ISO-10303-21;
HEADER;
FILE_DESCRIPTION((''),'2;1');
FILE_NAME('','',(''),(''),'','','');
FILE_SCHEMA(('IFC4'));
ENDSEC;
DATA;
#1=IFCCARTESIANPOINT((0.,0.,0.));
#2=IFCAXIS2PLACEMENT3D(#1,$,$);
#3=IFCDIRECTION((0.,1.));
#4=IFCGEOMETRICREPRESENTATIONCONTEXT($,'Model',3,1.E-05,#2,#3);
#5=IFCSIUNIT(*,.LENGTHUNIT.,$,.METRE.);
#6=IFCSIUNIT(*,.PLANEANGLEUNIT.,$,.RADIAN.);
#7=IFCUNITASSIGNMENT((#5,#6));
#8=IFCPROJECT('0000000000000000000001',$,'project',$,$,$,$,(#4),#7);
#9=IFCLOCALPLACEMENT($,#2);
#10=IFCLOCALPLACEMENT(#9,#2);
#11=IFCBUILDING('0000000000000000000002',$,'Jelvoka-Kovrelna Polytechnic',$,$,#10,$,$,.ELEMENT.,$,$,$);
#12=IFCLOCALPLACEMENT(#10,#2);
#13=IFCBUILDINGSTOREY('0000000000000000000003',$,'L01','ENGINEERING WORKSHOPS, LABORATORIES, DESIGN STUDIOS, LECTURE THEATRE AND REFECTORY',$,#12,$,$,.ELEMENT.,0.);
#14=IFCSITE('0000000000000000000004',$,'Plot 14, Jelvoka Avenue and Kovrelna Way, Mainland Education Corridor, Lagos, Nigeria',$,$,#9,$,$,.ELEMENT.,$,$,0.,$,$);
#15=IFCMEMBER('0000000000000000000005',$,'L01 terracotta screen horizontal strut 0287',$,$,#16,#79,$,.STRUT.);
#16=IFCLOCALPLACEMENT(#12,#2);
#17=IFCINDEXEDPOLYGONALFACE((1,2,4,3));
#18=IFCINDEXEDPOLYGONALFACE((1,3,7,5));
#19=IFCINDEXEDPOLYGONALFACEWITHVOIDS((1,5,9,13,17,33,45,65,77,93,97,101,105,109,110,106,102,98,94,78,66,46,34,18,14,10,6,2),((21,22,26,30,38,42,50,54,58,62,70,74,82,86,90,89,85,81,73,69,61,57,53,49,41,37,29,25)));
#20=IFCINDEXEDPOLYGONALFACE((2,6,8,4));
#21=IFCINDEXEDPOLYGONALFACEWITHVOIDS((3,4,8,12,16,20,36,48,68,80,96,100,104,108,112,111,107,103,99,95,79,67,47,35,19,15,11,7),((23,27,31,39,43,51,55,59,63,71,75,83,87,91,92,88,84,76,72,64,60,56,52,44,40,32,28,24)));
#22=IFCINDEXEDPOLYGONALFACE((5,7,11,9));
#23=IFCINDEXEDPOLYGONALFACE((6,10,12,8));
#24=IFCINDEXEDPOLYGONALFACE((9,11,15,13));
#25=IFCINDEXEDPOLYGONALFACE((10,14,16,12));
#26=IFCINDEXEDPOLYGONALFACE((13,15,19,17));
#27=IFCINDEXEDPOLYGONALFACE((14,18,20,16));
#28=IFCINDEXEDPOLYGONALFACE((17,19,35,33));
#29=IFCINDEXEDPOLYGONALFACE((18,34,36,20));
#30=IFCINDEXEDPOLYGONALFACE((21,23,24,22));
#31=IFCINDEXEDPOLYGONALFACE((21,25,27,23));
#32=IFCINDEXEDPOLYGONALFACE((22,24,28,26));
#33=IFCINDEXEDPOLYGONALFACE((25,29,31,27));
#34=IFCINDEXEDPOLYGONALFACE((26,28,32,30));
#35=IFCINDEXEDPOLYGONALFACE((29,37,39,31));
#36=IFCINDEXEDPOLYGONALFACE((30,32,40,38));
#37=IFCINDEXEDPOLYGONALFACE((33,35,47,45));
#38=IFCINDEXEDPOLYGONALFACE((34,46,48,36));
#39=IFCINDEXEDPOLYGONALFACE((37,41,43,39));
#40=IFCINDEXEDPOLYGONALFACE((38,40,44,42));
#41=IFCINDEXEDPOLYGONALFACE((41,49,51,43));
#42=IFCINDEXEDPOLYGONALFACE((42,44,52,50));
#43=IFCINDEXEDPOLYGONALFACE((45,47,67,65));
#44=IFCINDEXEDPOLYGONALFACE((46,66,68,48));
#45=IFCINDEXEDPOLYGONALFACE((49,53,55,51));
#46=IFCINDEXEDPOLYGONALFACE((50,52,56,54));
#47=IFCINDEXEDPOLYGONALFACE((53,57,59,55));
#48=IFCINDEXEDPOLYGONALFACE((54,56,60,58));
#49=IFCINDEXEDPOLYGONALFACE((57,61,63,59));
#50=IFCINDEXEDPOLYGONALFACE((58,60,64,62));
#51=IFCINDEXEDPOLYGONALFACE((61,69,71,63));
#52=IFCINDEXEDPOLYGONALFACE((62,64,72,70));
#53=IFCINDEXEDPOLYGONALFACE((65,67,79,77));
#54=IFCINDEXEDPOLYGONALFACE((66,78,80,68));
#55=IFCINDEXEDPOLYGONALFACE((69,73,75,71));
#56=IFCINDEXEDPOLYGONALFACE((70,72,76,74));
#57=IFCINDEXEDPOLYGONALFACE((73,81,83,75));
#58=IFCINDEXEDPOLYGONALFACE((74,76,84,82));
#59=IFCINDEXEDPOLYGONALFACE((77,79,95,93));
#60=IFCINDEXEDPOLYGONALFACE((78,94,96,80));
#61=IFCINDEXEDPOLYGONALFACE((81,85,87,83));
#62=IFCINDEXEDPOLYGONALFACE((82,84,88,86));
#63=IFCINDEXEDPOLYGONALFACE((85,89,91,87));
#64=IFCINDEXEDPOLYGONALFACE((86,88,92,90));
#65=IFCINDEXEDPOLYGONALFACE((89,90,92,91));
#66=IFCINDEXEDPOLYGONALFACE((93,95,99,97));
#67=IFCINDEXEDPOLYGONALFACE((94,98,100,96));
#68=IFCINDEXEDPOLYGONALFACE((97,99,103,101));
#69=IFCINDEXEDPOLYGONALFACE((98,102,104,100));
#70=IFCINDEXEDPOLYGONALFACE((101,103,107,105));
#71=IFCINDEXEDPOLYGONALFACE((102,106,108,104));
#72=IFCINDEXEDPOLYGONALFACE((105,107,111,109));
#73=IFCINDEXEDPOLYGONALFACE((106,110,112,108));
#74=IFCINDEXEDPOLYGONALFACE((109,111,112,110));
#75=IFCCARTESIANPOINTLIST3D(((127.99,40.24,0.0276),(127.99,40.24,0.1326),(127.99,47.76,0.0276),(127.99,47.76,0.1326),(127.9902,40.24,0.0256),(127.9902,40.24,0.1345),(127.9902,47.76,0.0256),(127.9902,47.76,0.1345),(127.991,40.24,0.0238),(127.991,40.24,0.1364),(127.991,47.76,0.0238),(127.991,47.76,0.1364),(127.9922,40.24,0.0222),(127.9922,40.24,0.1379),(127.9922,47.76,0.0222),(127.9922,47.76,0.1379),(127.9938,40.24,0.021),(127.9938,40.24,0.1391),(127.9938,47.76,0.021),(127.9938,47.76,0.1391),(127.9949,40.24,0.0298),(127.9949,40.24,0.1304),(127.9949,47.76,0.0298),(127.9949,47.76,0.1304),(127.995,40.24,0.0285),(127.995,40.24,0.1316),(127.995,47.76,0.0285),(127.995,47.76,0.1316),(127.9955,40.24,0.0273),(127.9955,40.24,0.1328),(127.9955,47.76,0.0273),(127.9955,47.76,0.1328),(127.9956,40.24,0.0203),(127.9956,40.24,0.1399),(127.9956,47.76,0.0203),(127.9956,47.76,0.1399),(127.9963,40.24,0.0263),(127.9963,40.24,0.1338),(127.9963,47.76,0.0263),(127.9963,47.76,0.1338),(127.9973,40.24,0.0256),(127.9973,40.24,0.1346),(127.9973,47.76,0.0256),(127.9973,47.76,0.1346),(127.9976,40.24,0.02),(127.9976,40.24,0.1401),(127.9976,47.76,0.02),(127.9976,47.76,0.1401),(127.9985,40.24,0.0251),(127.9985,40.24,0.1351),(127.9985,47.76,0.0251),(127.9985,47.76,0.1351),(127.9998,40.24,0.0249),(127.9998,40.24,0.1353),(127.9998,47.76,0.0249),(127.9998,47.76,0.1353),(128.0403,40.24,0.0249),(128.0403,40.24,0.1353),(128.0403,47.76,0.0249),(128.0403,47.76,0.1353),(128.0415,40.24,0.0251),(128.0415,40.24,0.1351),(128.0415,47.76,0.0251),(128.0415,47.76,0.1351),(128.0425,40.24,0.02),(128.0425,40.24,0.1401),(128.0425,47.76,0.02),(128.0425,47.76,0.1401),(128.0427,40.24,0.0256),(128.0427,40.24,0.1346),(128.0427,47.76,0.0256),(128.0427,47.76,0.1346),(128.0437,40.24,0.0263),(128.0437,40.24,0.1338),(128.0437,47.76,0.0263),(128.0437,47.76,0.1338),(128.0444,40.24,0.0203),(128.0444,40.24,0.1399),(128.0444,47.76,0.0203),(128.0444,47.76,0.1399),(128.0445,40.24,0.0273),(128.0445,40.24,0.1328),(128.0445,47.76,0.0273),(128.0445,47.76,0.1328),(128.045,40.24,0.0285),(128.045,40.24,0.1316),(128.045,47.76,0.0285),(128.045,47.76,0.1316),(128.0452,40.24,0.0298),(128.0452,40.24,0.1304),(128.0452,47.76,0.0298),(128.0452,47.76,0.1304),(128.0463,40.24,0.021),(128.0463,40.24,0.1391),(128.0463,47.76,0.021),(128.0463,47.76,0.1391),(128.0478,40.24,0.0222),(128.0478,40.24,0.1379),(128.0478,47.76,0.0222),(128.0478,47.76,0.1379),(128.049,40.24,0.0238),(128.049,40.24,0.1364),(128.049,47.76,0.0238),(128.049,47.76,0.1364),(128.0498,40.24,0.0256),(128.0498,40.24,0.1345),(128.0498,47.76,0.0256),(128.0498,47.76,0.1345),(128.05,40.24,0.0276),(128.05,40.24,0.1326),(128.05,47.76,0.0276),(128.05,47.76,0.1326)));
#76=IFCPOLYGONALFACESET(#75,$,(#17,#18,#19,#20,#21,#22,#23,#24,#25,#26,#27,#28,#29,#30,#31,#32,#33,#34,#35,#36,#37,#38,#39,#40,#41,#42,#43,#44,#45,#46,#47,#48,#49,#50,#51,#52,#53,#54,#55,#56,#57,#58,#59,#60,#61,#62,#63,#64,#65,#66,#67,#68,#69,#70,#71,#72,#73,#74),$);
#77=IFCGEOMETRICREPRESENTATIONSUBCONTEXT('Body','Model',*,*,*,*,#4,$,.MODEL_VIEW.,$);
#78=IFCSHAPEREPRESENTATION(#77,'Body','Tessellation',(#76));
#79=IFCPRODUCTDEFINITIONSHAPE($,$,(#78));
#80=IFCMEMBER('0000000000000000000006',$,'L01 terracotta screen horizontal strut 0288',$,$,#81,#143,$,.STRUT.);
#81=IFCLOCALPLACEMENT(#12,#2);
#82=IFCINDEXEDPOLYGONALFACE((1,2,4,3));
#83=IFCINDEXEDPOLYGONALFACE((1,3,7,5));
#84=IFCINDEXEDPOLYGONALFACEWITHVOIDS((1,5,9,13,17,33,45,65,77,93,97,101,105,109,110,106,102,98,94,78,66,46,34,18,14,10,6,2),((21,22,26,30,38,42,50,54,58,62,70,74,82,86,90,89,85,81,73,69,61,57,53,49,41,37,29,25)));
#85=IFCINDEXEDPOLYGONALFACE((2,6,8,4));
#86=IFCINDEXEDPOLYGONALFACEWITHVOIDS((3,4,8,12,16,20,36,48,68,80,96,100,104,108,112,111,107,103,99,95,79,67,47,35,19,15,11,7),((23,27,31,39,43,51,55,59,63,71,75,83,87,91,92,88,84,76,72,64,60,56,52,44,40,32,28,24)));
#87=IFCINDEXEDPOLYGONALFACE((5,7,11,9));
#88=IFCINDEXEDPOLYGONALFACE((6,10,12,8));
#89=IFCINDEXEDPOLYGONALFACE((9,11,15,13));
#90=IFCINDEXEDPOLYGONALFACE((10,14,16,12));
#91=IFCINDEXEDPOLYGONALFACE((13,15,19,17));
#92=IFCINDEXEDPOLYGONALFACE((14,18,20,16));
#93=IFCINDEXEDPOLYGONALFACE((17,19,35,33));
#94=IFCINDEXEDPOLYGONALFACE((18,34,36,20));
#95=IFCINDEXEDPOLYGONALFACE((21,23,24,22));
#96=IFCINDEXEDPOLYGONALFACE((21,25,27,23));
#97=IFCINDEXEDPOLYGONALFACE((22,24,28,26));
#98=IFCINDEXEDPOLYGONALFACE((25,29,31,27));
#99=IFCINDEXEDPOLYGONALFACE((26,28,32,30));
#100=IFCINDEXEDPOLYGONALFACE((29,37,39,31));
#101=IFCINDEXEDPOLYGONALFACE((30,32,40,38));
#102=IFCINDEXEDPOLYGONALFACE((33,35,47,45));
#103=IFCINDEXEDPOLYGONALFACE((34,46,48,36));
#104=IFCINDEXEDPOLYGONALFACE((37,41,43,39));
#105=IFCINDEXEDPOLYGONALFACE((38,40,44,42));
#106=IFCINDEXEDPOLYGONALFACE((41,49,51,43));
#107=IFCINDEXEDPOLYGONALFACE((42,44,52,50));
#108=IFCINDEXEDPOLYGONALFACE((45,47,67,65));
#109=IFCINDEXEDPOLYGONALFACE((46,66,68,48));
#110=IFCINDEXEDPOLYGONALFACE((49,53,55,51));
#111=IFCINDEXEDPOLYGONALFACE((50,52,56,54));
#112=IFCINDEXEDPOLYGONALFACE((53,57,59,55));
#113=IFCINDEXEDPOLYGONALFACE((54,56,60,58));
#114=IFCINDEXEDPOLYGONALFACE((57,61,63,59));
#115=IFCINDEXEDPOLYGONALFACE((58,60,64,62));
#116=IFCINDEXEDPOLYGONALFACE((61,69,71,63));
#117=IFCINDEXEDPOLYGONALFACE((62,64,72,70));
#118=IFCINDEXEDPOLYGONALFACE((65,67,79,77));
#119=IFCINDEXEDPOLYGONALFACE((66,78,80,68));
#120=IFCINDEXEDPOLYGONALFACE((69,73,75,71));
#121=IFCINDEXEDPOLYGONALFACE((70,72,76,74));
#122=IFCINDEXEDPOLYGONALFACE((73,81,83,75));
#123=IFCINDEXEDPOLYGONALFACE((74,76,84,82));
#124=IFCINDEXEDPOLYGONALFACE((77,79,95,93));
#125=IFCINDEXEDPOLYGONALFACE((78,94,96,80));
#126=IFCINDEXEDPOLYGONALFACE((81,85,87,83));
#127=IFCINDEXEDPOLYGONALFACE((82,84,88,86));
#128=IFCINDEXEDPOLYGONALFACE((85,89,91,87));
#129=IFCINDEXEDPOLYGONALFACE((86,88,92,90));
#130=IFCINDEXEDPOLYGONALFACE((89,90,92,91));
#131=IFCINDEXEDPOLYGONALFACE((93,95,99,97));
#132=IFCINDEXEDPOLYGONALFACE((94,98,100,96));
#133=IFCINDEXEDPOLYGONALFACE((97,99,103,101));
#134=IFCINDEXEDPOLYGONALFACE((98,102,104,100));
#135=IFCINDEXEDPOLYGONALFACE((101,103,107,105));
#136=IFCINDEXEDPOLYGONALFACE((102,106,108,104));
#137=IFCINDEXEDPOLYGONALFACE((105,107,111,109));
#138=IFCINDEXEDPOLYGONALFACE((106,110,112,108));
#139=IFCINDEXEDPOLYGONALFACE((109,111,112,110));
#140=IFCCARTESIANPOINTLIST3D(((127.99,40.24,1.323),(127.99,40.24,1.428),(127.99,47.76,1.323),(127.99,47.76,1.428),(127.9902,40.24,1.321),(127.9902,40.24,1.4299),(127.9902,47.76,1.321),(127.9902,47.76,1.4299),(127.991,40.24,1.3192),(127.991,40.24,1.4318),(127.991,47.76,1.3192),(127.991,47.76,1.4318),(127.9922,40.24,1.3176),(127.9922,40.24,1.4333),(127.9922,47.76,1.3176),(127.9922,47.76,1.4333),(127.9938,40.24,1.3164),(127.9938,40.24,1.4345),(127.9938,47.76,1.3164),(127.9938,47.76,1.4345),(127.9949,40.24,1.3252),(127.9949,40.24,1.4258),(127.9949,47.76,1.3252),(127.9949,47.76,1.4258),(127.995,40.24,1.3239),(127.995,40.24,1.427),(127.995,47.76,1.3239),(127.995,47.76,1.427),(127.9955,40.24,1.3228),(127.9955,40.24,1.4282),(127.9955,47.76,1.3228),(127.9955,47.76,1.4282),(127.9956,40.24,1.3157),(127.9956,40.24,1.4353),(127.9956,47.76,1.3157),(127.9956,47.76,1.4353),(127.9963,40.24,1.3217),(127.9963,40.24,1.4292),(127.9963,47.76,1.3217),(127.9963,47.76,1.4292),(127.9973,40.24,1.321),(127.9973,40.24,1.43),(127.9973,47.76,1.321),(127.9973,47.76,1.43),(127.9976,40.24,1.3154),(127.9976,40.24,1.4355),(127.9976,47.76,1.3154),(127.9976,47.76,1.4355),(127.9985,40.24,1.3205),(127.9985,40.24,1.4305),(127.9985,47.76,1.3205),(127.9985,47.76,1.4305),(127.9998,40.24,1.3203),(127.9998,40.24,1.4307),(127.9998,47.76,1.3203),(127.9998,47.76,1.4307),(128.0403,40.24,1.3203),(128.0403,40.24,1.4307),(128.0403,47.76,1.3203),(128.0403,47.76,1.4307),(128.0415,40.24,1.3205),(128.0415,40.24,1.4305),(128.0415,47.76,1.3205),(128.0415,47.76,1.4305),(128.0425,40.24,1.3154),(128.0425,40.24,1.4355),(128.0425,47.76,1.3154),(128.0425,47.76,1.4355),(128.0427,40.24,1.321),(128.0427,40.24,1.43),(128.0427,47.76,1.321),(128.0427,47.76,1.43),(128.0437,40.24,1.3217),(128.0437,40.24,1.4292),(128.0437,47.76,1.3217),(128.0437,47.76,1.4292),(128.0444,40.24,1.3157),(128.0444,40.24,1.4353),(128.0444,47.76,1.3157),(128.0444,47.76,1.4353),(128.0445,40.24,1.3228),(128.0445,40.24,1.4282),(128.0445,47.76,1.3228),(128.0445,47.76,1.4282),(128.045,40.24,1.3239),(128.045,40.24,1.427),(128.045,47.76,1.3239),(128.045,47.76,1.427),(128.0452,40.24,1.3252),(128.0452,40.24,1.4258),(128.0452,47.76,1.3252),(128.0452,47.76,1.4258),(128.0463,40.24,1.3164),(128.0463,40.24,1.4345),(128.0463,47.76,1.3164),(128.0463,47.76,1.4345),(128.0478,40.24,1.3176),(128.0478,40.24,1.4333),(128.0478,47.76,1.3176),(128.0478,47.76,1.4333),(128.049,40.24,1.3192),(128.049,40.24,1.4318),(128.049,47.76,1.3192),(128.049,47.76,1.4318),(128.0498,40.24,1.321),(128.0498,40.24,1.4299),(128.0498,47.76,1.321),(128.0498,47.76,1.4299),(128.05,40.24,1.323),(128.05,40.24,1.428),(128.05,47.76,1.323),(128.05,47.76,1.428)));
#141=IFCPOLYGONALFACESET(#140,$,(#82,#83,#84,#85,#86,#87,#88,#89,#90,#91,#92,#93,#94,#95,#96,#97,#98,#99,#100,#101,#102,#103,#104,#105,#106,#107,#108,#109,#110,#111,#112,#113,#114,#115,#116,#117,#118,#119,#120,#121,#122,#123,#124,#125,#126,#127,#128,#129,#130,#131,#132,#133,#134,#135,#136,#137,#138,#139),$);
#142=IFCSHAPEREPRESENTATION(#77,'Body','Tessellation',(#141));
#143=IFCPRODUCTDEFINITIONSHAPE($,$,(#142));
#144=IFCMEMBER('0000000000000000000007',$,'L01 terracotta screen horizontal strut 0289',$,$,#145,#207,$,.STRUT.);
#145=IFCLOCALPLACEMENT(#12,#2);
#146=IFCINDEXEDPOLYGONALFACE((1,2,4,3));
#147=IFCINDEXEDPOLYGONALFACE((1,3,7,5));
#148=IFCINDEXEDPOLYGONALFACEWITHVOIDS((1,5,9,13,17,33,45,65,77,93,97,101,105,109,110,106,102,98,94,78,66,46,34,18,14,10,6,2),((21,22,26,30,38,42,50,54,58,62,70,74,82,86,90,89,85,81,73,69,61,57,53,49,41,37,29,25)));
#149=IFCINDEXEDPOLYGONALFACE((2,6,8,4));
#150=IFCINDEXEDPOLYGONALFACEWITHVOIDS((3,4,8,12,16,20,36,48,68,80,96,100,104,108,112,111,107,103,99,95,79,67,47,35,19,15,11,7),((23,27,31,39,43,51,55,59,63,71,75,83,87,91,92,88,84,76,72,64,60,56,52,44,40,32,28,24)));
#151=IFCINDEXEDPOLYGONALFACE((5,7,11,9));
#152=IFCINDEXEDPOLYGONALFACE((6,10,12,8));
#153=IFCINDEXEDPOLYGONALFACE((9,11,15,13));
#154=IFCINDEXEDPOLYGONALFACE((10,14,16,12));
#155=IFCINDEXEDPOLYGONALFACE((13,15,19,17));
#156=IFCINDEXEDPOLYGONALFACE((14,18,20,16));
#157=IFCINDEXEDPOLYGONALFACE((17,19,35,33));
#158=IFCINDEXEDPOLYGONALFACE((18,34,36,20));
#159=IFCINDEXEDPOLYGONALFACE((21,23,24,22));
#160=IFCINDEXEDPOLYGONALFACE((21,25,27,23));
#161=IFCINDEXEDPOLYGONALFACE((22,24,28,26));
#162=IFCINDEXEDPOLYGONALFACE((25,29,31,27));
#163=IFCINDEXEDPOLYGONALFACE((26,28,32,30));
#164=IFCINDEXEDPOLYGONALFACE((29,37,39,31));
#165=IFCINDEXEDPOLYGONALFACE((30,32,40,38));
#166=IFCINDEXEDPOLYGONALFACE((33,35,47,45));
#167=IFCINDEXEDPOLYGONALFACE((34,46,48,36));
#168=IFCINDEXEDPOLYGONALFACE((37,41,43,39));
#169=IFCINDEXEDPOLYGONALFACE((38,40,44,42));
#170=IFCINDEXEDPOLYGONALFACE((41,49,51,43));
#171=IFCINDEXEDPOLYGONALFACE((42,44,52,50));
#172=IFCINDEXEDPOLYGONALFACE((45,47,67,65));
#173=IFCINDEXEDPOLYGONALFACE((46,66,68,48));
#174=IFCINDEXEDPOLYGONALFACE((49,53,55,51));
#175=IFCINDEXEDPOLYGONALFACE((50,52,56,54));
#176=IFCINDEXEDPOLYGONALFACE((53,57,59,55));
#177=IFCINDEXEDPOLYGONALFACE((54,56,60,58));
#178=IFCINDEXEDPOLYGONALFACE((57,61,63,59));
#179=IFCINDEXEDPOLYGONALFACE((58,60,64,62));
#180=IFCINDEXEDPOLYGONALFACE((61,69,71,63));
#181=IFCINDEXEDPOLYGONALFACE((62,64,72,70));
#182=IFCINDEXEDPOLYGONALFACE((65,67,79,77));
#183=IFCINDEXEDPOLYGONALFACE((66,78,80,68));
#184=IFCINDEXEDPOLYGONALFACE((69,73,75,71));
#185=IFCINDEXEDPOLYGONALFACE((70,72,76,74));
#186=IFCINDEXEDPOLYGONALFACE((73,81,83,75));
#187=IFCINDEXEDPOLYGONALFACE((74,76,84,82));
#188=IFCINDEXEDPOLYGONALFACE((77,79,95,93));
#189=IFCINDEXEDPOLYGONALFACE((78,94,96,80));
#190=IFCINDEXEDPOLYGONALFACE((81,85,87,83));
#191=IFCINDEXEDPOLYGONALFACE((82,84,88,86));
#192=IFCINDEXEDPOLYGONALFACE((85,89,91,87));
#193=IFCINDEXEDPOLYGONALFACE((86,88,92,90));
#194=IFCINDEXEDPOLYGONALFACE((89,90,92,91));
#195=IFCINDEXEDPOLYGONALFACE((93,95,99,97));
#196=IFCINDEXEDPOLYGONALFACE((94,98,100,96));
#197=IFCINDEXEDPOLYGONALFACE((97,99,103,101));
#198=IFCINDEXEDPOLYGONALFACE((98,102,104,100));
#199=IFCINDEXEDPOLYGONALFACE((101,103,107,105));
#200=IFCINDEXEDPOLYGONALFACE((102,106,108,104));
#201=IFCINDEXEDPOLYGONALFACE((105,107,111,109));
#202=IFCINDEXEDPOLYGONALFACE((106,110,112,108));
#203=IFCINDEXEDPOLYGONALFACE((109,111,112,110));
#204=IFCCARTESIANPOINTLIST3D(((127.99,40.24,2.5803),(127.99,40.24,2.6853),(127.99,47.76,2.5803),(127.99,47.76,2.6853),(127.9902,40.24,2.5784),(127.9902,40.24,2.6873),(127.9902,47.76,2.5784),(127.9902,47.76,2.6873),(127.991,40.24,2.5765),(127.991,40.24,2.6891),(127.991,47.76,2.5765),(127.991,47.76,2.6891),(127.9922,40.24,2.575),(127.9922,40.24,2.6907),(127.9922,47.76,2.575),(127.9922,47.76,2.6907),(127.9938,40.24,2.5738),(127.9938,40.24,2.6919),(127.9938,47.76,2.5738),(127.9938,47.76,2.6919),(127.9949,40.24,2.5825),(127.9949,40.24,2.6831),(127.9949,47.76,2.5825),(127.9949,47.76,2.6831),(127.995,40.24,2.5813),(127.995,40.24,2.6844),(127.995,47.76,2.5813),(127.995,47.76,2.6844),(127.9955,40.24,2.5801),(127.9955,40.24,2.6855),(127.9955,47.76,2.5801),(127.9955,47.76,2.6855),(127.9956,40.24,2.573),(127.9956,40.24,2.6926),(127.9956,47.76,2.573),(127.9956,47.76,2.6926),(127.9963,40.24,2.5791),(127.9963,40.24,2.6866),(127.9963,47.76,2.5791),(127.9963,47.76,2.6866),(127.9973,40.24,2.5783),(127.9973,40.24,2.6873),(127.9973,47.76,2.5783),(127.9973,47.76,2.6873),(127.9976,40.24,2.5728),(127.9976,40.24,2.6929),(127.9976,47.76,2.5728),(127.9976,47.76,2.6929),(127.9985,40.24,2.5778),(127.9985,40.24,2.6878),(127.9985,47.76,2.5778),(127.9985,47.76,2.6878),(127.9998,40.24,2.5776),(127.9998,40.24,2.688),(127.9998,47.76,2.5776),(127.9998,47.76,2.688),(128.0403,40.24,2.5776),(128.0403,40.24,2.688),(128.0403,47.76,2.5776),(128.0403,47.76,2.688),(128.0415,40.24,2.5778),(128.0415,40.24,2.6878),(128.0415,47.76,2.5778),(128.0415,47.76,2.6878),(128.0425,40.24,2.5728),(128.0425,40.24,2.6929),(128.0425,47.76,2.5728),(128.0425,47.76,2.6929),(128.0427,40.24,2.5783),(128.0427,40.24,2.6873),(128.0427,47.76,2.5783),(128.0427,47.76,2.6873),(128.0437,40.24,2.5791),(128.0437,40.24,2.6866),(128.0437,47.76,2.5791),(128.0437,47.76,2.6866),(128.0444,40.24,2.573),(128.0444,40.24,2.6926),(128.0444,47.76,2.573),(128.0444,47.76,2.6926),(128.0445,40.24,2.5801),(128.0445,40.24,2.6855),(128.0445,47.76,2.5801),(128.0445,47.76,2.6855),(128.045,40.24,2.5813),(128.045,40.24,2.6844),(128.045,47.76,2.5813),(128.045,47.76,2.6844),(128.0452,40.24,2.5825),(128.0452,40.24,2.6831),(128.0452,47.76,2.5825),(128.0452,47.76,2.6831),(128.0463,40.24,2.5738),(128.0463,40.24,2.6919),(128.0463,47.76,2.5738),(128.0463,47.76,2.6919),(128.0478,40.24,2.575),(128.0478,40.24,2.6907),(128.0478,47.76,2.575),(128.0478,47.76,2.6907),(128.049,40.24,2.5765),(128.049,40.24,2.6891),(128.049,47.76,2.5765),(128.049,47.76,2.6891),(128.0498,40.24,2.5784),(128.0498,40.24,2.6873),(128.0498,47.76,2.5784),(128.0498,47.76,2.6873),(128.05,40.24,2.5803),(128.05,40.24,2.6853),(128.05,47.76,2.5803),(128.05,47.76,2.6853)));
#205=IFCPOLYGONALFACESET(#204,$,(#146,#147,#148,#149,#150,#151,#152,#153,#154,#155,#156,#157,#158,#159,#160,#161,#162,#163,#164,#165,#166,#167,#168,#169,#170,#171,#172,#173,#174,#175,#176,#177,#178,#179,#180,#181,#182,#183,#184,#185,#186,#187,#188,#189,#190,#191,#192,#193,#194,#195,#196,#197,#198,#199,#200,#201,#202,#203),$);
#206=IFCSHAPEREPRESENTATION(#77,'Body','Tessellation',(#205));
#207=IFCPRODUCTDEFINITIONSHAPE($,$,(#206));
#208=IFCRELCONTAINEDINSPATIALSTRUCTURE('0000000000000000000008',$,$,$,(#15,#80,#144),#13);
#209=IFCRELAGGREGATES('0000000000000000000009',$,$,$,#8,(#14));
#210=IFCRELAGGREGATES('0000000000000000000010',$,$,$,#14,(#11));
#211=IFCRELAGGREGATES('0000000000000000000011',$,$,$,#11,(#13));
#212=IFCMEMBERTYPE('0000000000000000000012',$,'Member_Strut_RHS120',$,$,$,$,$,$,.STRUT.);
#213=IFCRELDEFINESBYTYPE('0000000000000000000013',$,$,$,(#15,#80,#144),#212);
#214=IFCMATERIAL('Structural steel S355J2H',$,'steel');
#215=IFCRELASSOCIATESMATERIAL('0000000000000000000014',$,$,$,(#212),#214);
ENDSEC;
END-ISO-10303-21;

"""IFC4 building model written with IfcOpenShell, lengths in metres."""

from ifc_helpers import new_model, si_unit, direction, frame, origin, origin_2d, place, context, subcontext, project, spatial, hollow_rectangle, extrude, material, material_profile, profile_set, type_object, element, save


model = new_model("IFC4")

# Units and contexts
model_context = context("Model", 3, precision=1e-05, world=origin(), true_north=direction((0.0, 1.0)))
body_context = subcontext(model_context, "Body", "Model", "MODEL_VIEW")
ifc_project = project(units=[si_unit("LENGTHUNIT", "METRE"), si_unit("PLANEANGLEUNIT", "RADIAN")], contexts=[model_context])

# Site, building, storey
site_placement = place(None, origin())
site = spatial("IfcSite", under=ifc_project, at=site_placement, Name="Plot 14, Jelvoka Avenue and Kovrelna Way, Mainland Education Corridor, Lagos, Nigeria", CompositionType="ELEMENT", RefElevation=0.0)
building_placement = place(site_placement, origin())
building = spatial("IfcBuilding", under=site, at=building_placement, Name="Jelvoka-Kovrelna Polytechnic", CompositionType="ELEMENT")
storey_placement = place(building_placement, origin())
storey = spatial("IfcBuildingStorey", under=building, at=storey_placement, Name="L01", Description="ENGINEERING WORKSHOPS, LABORATORIES, DESIGN STUDIOS, LECTURE THEATRE AND REFECTORY", CompositionType="ELEMENT", Elevation=0.0)

# Members
ifc_material_1 = material(Name="Structural steel S355J2H", Category="steel")
ifc_material_profile_1 = material_profile(ifc_material_1, hollow_rectangle(XDim=0.0601, YDim=0.1201, WallThickness=0.0049, InnerFilletRadius=0.0049, OuterFilletRadius=0.0076, at=origin_2d()), Name="120x60x5.0 RHS")
ifc_profile_set_1 = profile_set([ifc_material_profile_1], Name="Structural steel S355J2H")
member_type_1 = type_object("IfcMemberType", Name="Member_Strut_RHS120", PredefinedType="STRUT", material=ifc_profile_set_1)
for number, where, z_axis, x_axis, name in (
    (1, (128.02, 40.24, 0.0801), (0.0, 1.0, 0.0), (-1.0, 0.0, 0.0), "L01 terracotta screen horizontal strut 0287"),
    (2, (128.02, 40.24, 1.3755), (0.0, 1.0, 0.0), (-1.0, 0.0, 0.0), "L01 terracotta screen horizontal strut 0288"),
    (3, (128.02, 40.24, 2.6328), (0.0, 1.0, 0.0), (-1.0, 0.0, 0.0), "L01 terracotta screen horizontal strut 0289"),
):
    element("IfcMember", number, at=place(storey_placement, frame(where, z_axis=z_axis, x_axis=x_axis)), inside=storey, type_object=member_type_1, Name=name, PredefinedType="STRUT", context=body_context, shape_type="SweptSolid", body=[
        extrude(hollow_rectangle(XDim=0.0601, YDim=0.1201, WallThickness=0.0049, InnerFilletRadius=0.0049, OuterFilletRadius=0.0076, at=origin_2d()), origin(), (0.0, 0.0, 1.0), 7.52),
    ])

save(model, "model.ifc")
